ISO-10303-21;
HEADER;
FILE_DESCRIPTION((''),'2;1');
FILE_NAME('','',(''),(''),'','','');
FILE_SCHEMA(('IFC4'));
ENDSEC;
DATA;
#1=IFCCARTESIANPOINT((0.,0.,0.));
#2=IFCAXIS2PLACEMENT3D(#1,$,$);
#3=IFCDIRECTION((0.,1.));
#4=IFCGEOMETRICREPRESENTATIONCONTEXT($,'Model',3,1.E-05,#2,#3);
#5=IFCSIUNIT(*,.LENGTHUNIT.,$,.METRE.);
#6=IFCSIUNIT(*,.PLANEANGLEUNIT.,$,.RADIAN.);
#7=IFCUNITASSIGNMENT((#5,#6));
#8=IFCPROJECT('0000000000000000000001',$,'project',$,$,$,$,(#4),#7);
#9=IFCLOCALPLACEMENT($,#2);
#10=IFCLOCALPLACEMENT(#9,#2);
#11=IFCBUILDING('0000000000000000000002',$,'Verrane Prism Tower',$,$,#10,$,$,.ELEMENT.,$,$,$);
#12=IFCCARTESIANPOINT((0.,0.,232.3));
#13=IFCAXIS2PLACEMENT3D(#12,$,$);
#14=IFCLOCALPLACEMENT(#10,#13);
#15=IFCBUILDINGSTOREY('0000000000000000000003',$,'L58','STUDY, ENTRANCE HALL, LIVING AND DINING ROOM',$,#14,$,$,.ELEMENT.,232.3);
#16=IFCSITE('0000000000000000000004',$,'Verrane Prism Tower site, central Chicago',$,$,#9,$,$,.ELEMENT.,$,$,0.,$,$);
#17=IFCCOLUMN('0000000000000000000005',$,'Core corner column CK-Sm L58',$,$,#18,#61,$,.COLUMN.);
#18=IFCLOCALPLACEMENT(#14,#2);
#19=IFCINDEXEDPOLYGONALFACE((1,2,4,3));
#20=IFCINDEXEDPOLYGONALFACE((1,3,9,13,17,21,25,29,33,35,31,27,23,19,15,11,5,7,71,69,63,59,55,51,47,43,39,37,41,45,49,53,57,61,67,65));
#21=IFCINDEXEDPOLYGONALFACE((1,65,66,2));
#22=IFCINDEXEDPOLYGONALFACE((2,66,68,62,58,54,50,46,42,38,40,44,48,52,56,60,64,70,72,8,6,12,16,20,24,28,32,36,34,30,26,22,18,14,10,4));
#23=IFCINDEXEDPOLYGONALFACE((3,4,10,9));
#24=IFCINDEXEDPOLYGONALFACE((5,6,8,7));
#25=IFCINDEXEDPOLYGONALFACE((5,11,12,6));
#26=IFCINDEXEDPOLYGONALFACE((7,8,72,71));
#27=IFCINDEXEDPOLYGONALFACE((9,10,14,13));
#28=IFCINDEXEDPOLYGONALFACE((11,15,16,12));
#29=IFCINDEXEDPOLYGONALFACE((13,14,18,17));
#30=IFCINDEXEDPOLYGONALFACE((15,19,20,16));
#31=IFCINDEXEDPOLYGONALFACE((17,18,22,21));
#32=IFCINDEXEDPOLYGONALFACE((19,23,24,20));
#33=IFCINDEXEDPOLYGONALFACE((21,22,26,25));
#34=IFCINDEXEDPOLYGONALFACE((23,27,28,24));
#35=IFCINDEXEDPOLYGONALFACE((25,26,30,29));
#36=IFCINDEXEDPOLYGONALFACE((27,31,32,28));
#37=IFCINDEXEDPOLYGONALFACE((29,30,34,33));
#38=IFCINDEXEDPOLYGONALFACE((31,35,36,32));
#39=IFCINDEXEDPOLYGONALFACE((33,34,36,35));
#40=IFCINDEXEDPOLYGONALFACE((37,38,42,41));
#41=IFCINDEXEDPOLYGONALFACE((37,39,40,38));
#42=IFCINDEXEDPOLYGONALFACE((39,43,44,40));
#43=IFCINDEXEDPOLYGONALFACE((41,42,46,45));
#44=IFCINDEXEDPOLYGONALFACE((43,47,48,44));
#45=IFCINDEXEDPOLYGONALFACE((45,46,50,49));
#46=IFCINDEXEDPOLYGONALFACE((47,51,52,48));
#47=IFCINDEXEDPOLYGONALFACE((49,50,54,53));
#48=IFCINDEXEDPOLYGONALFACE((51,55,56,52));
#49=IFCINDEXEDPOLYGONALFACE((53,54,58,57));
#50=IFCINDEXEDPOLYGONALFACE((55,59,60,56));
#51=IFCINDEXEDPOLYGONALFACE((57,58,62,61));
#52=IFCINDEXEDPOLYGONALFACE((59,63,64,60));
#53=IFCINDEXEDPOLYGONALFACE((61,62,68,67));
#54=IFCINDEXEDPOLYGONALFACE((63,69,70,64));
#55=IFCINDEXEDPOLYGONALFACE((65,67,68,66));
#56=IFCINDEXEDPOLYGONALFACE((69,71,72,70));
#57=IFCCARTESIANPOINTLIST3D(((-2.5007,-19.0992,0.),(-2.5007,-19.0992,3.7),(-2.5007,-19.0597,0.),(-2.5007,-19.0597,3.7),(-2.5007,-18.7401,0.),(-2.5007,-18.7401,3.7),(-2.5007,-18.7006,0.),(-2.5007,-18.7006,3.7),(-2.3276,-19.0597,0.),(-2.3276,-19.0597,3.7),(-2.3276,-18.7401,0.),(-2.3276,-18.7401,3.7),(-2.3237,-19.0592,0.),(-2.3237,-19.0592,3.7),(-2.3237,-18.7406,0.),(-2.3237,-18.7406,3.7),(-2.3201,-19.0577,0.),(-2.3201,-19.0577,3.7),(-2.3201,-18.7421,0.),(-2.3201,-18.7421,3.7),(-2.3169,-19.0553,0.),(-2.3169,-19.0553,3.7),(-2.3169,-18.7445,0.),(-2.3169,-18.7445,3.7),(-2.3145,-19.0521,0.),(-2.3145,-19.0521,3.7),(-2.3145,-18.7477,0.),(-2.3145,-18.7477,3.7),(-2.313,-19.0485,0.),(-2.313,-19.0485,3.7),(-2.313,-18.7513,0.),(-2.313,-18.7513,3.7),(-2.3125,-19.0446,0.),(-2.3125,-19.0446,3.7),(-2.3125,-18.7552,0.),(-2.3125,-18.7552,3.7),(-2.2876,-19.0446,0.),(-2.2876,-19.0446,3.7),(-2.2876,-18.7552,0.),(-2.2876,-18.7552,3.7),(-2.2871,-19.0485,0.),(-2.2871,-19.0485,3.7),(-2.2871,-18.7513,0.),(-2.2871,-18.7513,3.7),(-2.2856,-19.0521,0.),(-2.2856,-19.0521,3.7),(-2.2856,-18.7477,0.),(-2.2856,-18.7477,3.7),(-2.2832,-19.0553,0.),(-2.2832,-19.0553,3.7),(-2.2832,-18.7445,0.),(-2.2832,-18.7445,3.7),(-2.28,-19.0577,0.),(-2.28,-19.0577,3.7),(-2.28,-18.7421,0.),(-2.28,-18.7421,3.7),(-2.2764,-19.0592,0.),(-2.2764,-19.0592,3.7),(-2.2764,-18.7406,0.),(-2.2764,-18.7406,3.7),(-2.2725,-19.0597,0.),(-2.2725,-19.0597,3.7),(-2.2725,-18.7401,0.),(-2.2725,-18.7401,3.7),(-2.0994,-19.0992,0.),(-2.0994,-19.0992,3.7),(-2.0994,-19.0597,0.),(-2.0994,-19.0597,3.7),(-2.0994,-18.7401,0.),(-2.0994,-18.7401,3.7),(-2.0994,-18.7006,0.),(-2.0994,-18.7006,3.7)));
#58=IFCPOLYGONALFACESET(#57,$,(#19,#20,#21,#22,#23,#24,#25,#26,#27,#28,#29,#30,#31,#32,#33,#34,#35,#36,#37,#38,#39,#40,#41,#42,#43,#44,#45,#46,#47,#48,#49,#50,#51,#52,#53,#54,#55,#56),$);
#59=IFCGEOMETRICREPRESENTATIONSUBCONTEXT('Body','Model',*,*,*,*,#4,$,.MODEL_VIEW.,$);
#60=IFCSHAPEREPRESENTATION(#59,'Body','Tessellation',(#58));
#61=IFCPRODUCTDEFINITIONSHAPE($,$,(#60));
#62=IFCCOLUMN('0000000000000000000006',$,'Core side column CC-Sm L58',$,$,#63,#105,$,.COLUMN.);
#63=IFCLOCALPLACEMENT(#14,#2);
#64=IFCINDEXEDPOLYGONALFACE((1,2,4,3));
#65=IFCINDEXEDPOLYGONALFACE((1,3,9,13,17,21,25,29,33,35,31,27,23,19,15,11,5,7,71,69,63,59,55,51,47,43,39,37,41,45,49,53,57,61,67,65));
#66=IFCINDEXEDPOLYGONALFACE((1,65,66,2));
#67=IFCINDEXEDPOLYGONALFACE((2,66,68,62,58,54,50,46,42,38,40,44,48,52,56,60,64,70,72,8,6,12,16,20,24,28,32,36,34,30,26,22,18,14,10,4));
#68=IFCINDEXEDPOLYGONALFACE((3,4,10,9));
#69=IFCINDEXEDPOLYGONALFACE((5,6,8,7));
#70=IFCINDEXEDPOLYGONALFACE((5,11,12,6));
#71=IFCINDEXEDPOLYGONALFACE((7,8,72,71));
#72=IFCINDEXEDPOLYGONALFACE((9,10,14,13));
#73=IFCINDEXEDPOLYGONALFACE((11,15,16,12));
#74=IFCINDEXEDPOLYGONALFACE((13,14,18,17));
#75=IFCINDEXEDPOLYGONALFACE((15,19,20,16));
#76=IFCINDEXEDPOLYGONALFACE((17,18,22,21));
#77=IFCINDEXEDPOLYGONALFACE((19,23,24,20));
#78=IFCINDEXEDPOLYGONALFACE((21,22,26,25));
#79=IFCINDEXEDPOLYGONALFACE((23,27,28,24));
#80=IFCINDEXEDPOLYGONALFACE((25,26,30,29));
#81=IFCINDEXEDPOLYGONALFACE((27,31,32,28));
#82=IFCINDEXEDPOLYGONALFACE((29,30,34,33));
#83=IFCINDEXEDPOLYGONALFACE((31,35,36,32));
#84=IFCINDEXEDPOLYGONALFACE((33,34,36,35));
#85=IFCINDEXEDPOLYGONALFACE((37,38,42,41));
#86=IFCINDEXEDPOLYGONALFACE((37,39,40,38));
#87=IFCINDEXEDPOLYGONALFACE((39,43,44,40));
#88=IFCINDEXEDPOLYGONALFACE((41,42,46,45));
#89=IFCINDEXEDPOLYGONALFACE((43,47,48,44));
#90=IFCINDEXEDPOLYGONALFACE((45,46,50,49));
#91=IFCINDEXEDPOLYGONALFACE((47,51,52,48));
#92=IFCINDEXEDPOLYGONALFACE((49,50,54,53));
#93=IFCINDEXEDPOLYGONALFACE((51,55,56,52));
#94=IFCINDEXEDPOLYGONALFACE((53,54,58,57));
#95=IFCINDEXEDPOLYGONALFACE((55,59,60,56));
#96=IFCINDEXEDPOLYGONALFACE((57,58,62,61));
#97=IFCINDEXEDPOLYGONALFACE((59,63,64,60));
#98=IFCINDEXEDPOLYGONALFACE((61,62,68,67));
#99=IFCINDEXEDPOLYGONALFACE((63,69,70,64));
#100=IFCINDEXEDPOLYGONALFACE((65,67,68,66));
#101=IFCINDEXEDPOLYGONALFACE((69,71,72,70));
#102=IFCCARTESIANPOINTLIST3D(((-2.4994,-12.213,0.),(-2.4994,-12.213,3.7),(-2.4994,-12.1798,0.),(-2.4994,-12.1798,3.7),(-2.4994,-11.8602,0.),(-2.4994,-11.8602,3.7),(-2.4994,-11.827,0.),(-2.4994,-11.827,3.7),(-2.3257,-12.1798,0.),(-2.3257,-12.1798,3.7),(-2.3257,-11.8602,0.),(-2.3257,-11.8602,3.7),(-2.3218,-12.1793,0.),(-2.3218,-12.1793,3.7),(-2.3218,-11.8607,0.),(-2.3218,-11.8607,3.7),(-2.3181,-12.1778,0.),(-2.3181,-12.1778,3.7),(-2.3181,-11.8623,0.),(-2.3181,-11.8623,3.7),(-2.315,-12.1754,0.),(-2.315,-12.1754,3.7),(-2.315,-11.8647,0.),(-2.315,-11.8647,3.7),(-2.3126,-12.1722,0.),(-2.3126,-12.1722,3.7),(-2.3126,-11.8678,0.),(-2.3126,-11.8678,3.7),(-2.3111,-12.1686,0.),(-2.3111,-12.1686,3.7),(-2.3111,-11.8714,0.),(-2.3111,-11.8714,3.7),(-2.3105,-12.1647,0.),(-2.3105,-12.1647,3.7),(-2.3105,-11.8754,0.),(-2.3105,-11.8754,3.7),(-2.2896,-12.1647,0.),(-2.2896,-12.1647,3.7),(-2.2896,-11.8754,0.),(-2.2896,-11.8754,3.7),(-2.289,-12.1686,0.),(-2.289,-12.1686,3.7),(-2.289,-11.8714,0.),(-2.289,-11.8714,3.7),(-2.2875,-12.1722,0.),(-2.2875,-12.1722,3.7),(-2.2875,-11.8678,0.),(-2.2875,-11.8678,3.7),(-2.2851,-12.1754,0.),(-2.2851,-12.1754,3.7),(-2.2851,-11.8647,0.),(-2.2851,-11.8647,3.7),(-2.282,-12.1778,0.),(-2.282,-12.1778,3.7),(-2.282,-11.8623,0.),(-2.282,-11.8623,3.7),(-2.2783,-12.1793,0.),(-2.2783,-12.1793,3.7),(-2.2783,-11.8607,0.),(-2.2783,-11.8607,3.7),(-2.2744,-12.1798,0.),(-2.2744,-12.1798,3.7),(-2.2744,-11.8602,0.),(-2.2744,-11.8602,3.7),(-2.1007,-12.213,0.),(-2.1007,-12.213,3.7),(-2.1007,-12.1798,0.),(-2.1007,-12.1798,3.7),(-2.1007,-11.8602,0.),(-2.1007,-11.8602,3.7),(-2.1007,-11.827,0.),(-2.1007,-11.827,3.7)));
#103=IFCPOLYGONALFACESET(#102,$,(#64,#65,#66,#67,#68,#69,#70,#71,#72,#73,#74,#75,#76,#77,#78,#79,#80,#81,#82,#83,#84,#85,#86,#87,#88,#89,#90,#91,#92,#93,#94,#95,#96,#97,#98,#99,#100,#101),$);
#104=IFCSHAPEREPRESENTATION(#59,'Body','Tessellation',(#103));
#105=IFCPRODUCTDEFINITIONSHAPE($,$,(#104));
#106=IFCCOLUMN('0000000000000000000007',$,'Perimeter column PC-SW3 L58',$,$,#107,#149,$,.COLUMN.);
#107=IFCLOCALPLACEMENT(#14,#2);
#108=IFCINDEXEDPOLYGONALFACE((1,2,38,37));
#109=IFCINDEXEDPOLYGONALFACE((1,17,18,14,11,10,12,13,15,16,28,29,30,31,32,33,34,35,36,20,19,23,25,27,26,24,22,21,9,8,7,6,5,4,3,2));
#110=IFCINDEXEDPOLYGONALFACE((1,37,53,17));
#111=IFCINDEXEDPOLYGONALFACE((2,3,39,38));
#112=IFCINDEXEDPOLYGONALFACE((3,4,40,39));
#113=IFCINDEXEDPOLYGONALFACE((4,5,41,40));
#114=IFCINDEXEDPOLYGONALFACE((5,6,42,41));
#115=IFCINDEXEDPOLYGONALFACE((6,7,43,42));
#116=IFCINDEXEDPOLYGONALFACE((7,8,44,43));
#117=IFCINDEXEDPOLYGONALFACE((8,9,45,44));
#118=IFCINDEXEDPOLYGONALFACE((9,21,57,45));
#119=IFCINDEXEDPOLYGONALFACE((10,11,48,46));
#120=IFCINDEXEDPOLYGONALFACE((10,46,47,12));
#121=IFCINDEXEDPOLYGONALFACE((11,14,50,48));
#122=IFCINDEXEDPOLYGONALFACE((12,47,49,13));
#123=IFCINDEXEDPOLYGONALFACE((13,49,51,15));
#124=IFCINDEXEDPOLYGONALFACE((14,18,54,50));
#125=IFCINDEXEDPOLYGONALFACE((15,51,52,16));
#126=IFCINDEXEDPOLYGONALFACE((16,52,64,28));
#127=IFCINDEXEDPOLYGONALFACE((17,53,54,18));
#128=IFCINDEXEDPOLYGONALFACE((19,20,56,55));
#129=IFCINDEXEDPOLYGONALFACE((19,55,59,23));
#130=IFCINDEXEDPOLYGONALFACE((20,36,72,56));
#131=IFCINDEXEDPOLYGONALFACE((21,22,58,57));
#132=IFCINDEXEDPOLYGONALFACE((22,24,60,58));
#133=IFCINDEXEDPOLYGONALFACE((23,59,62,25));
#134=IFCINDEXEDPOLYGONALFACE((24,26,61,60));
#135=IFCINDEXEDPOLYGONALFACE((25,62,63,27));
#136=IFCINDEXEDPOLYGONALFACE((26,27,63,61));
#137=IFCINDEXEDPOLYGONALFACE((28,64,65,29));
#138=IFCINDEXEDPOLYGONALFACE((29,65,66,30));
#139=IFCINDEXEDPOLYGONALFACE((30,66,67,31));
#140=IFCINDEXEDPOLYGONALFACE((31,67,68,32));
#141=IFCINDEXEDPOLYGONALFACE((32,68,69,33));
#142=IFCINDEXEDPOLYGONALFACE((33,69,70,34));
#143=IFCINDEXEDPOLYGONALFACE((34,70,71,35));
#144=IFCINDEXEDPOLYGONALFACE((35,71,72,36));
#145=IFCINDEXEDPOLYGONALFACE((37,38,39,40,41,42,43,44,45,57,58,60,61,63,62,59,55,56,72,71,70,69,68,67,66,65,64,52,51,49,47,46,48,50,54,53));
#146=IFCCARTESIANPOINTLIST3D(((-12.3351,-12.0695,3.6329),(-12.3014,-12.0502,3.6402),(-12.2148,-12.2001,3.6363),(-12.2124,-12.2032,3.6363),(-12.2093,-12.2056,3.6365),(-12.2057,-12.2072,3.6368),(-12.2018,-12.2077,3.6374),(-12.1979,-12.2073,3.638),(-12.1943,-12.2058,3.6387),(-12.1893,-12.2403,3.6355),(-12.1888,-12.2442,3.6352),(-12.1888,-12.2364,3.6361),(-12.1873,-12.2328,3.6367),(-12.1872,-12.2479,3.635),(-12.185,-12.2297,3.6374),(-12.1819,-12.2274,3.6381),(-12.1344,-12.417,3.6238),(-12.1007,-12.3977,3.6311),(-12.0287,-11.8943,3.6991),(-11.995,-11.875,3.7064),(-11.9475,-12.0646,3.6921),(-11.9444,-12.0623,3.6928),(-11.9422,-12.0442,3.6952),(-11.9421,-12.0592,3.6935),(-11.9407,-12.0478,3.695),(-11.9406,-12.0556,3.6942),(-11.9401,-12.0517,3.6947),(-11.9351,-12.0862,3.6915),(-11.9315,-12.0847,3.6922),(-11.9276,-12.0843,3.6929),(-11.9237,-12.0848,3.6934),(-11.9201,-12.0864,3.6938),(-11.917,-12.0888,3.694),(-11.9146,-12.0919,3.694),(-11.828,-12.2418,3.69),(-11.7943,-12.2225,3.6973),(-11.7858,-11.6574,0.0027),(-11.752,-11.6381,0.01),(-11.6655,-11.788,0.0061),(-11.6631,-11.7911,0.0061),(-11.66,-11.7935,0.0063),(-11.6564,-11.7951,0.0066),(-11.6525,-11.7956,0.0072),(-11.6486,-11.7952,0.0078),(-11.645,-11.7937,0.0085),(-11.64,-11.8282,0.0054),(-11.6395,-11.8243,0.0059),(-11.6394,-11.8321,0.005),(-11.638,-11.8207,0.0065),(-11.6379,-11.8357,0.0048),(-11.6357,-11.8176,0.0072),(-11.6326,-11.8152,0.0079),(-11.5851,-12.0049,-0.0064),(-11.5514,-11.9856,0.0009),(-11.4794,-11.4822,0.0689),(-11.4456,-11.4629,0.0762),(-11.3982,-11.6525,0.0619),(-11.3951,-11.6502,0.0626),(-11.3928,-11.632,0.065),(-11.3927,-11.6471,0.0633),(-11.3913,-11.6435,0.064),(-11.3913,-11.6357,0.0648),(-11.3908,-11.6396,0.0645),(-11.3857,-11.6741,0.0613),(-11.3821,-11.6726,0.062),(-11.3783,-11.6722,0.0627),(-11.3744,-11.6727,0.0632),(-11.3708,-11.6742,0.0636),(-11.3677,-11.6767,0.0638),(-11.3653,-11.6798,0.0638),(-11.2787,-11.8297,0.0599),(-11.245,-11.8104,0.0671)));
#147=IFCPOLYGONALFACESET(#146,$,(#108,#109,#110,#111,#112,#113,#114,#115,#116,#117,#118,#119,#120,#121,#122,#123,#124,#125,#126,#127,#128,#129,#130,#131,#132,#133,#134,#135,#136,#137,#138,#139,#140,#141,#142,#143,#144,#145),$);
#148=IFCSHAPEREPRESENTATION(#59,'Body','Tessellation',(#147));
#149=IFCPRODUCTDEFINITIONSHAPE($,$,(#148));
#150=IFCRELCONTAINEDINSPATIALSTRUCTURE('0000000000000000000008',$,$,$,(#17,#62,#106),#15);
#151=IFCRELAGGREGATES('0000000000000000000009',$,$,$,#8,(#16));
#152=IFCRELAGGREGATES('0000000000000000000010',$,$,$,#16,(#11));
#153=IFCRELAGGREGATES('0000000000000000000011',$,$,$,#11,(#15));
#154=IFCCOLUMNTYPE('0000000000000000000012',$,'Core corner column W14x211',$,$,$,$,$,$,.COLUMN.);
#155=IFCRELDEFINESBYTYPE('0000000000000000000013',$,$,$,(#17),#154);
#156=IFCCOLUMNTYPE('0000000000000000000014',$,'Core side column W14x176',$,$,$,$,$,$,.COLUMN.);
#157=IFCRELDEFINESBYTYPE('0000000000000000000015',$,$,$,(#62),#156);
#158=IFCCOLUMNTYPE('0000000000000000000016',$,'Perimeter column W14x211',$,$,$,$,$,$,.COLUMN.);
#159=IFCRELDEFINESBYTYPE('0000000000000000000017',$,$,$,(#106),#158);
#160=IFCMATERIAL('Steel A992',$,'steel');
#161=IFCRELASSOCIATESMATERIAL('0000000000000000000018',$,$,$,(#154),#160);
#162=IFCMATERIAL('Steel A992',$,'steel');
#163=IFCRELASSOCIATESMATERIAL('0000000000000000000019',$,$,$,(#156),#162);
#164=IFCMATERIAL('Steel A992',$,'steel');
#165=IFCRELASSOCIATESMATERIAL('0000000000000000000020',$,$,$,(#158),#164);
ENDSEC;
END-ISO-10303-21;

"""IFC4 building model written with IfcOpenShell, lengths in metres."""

from ifc_helpers import new_model, si_unit, direction, frame, origin, origin_2d, place, context, subcontext, project, spatial, i_section, extrude, material, material_profile, profile_set, type_object, element, save


model = new_model("IFC4")

# Units and contexts
model_context = context("Model", 3, precision=1e-05, world=origin(), true_north=direction((0.0, 1.0)))
body_context = subcontext(model_context, "Body", "Model", "MODEL_VIEW")
ifc_project = project(units=[si_unit("LENGTHUNIT", "METRE"), si_unit("PLANEANGLEUNIT", "RADIAN")], contexts=[model_context])

# Site, building, storey
site_placement = place(None, origin())
site = spatial("IfcSite", under=ifc_project, at=site_placement, Name="Verrane Prism Tower site, central Chicago", CompositionType="ELEMENT", RefElevation=0.0)
building_placement = place(site_placement, origin())
building = spatial("IfcBuilding", under=site, at=building_placement, Name="Verrane Prism Tower", CompositionType="ELEMENT")
storey_placement = place(building_placement, frame((0.0, 0.0, 232.3)))
storey = spatial("IfcBuildingStorey", under=building, at=storey_placement, Name="L58", Description="STUDY, ENTRANCE HALL, LIVING AND DINING ROOM", CompositionType="ELEMENT", Elevation=232.3)

# Columns
ifc_material_1 = material(Name="Steel A992", Category="steel")
ifc_material_profile_1 = material_profile(ifc_material_1, i_section(OverallWidth=0.4014, OverallDepth=0.3987, WebThickness=0.0249, FlangeThickness=0.0396, FilletRadius=0.0151, at=origin_2d()), Name="W14x211")
ifc_profile_set_1 = profile_set([ifc_material_profile_1], Name="Steel A992")
column_type_1 = type_object("IfcColumnType", Name="Core corner column W14x211", PredefinedType="COLUMN", material=ifc_profile_set_1)
column_1_placement = place(storey_placement, frame((-2.3, -18.8999, 0.0), z_axis=(0.0, 0.0, 1.0), x_axis=(-1.0, 0.0, 0.0)))
element("IfcColumn", 1, at=column_1_placement, inside=storey, type_object=column_type_1, Name="Core corner column CK-Sm L58", PredefinedType="COLUMN", context=body_context, shape_type="SweptSolid", body=[
    extrude(i_section(OverallWidth=0.4014, OverallDepth=0.3987, WebThickness=0.0249, FlangeThickness=0.0396, FilletRadius=0.0151, at=origin_2d()), origin(), (0.0, 0.0, 1.0), 3.7),
])
ifc_material_2 = material(Name="Steel A992", Category="steel")
ifc_material_profile_2 = material_profile(ifc_material_2, i_section(OverallWidth=0.3987, OverallDepth=0.386, WebThickness=0.021, FlangeThickness=0.0332, FilletRadius=0.0151, at=origin_2d()), Name="W14x176")
ifc_profile_set_2 = profile_set([ifc_material_profile_2], Name="Steel A992")
column_type_2 = type_object("IfcColumnType", Name="Core side column W14x176", PredefinedType="COLUMN", material=ifc_profile_set_2)
column_2_placement = place(storey_placement, frame((-2.3, -12.02, 0.0), z_axis=(0.0, 0.0, 1.0), x_axis=(1.0, 0.0, 0.0)))
element("IfcColumn", 2, at=column_2_placement, inside=storey, type_object=column_type_2, Name="Core side column CC-Sm L58", PredefinedType="COLUMN", context=body_context, shape_type="SweptSolid", body=[
    extrude(i_section(OverallWidth=0.3987, OverallDepth=0.386, WebThickness=0.021, FlangeThickness=0.0332, FilletRadius=0.0151, at=origin_2d()), origin(), (0.0, 0.0, 1.0), 3.7),
])
ifc_material_3 = material(Name="Steel A992", Category="steel")
ifc_material_profile_3 = material_profile(ifc_material_3, i_section(OverallWidth=0.4014, OverallDepth=0.3987, WebThickness=0.0249, FlangeThickness=0.0396, FilletRadius=0.0151, at=origin_2d()), Name="W14x211")
ifc_profile_set_3 = profile_set([ifc_material_profile_3], Name="Steel A992")
column_type_3 = type_object("IfcColumnType", Name="Perimeter column W14x211", PredefinedType="COLUMN", material=ifc_profile_set_3)
column_3_placement = place(storey_placement, frame((-11.5154, -11.7339, 0.0349), z_axis=(-0.148685, -0.111546, 0.982573), x_axis=(-0.499994, 0.865733, 0.022622)))
element("IfcColumn", 3, at=column_3_placement, inside=storey, type_object=column_type_3, Name="Perimeter column PC-SW3 L58", PredefinedType="COLUMN", context=body_context, shape_type="SweptSolid", body=[
    extrude(i_section(OverallWidth=0.4014, OverallDepth=0.3987, WebThickness=0.0249, FlangeThickness=0.0396, FilletRadius=0.0151, at=origin_2d()), origin(), (0.0, 0.0, 1.0), 3.6946),
])

save(model, "model.ifc")
